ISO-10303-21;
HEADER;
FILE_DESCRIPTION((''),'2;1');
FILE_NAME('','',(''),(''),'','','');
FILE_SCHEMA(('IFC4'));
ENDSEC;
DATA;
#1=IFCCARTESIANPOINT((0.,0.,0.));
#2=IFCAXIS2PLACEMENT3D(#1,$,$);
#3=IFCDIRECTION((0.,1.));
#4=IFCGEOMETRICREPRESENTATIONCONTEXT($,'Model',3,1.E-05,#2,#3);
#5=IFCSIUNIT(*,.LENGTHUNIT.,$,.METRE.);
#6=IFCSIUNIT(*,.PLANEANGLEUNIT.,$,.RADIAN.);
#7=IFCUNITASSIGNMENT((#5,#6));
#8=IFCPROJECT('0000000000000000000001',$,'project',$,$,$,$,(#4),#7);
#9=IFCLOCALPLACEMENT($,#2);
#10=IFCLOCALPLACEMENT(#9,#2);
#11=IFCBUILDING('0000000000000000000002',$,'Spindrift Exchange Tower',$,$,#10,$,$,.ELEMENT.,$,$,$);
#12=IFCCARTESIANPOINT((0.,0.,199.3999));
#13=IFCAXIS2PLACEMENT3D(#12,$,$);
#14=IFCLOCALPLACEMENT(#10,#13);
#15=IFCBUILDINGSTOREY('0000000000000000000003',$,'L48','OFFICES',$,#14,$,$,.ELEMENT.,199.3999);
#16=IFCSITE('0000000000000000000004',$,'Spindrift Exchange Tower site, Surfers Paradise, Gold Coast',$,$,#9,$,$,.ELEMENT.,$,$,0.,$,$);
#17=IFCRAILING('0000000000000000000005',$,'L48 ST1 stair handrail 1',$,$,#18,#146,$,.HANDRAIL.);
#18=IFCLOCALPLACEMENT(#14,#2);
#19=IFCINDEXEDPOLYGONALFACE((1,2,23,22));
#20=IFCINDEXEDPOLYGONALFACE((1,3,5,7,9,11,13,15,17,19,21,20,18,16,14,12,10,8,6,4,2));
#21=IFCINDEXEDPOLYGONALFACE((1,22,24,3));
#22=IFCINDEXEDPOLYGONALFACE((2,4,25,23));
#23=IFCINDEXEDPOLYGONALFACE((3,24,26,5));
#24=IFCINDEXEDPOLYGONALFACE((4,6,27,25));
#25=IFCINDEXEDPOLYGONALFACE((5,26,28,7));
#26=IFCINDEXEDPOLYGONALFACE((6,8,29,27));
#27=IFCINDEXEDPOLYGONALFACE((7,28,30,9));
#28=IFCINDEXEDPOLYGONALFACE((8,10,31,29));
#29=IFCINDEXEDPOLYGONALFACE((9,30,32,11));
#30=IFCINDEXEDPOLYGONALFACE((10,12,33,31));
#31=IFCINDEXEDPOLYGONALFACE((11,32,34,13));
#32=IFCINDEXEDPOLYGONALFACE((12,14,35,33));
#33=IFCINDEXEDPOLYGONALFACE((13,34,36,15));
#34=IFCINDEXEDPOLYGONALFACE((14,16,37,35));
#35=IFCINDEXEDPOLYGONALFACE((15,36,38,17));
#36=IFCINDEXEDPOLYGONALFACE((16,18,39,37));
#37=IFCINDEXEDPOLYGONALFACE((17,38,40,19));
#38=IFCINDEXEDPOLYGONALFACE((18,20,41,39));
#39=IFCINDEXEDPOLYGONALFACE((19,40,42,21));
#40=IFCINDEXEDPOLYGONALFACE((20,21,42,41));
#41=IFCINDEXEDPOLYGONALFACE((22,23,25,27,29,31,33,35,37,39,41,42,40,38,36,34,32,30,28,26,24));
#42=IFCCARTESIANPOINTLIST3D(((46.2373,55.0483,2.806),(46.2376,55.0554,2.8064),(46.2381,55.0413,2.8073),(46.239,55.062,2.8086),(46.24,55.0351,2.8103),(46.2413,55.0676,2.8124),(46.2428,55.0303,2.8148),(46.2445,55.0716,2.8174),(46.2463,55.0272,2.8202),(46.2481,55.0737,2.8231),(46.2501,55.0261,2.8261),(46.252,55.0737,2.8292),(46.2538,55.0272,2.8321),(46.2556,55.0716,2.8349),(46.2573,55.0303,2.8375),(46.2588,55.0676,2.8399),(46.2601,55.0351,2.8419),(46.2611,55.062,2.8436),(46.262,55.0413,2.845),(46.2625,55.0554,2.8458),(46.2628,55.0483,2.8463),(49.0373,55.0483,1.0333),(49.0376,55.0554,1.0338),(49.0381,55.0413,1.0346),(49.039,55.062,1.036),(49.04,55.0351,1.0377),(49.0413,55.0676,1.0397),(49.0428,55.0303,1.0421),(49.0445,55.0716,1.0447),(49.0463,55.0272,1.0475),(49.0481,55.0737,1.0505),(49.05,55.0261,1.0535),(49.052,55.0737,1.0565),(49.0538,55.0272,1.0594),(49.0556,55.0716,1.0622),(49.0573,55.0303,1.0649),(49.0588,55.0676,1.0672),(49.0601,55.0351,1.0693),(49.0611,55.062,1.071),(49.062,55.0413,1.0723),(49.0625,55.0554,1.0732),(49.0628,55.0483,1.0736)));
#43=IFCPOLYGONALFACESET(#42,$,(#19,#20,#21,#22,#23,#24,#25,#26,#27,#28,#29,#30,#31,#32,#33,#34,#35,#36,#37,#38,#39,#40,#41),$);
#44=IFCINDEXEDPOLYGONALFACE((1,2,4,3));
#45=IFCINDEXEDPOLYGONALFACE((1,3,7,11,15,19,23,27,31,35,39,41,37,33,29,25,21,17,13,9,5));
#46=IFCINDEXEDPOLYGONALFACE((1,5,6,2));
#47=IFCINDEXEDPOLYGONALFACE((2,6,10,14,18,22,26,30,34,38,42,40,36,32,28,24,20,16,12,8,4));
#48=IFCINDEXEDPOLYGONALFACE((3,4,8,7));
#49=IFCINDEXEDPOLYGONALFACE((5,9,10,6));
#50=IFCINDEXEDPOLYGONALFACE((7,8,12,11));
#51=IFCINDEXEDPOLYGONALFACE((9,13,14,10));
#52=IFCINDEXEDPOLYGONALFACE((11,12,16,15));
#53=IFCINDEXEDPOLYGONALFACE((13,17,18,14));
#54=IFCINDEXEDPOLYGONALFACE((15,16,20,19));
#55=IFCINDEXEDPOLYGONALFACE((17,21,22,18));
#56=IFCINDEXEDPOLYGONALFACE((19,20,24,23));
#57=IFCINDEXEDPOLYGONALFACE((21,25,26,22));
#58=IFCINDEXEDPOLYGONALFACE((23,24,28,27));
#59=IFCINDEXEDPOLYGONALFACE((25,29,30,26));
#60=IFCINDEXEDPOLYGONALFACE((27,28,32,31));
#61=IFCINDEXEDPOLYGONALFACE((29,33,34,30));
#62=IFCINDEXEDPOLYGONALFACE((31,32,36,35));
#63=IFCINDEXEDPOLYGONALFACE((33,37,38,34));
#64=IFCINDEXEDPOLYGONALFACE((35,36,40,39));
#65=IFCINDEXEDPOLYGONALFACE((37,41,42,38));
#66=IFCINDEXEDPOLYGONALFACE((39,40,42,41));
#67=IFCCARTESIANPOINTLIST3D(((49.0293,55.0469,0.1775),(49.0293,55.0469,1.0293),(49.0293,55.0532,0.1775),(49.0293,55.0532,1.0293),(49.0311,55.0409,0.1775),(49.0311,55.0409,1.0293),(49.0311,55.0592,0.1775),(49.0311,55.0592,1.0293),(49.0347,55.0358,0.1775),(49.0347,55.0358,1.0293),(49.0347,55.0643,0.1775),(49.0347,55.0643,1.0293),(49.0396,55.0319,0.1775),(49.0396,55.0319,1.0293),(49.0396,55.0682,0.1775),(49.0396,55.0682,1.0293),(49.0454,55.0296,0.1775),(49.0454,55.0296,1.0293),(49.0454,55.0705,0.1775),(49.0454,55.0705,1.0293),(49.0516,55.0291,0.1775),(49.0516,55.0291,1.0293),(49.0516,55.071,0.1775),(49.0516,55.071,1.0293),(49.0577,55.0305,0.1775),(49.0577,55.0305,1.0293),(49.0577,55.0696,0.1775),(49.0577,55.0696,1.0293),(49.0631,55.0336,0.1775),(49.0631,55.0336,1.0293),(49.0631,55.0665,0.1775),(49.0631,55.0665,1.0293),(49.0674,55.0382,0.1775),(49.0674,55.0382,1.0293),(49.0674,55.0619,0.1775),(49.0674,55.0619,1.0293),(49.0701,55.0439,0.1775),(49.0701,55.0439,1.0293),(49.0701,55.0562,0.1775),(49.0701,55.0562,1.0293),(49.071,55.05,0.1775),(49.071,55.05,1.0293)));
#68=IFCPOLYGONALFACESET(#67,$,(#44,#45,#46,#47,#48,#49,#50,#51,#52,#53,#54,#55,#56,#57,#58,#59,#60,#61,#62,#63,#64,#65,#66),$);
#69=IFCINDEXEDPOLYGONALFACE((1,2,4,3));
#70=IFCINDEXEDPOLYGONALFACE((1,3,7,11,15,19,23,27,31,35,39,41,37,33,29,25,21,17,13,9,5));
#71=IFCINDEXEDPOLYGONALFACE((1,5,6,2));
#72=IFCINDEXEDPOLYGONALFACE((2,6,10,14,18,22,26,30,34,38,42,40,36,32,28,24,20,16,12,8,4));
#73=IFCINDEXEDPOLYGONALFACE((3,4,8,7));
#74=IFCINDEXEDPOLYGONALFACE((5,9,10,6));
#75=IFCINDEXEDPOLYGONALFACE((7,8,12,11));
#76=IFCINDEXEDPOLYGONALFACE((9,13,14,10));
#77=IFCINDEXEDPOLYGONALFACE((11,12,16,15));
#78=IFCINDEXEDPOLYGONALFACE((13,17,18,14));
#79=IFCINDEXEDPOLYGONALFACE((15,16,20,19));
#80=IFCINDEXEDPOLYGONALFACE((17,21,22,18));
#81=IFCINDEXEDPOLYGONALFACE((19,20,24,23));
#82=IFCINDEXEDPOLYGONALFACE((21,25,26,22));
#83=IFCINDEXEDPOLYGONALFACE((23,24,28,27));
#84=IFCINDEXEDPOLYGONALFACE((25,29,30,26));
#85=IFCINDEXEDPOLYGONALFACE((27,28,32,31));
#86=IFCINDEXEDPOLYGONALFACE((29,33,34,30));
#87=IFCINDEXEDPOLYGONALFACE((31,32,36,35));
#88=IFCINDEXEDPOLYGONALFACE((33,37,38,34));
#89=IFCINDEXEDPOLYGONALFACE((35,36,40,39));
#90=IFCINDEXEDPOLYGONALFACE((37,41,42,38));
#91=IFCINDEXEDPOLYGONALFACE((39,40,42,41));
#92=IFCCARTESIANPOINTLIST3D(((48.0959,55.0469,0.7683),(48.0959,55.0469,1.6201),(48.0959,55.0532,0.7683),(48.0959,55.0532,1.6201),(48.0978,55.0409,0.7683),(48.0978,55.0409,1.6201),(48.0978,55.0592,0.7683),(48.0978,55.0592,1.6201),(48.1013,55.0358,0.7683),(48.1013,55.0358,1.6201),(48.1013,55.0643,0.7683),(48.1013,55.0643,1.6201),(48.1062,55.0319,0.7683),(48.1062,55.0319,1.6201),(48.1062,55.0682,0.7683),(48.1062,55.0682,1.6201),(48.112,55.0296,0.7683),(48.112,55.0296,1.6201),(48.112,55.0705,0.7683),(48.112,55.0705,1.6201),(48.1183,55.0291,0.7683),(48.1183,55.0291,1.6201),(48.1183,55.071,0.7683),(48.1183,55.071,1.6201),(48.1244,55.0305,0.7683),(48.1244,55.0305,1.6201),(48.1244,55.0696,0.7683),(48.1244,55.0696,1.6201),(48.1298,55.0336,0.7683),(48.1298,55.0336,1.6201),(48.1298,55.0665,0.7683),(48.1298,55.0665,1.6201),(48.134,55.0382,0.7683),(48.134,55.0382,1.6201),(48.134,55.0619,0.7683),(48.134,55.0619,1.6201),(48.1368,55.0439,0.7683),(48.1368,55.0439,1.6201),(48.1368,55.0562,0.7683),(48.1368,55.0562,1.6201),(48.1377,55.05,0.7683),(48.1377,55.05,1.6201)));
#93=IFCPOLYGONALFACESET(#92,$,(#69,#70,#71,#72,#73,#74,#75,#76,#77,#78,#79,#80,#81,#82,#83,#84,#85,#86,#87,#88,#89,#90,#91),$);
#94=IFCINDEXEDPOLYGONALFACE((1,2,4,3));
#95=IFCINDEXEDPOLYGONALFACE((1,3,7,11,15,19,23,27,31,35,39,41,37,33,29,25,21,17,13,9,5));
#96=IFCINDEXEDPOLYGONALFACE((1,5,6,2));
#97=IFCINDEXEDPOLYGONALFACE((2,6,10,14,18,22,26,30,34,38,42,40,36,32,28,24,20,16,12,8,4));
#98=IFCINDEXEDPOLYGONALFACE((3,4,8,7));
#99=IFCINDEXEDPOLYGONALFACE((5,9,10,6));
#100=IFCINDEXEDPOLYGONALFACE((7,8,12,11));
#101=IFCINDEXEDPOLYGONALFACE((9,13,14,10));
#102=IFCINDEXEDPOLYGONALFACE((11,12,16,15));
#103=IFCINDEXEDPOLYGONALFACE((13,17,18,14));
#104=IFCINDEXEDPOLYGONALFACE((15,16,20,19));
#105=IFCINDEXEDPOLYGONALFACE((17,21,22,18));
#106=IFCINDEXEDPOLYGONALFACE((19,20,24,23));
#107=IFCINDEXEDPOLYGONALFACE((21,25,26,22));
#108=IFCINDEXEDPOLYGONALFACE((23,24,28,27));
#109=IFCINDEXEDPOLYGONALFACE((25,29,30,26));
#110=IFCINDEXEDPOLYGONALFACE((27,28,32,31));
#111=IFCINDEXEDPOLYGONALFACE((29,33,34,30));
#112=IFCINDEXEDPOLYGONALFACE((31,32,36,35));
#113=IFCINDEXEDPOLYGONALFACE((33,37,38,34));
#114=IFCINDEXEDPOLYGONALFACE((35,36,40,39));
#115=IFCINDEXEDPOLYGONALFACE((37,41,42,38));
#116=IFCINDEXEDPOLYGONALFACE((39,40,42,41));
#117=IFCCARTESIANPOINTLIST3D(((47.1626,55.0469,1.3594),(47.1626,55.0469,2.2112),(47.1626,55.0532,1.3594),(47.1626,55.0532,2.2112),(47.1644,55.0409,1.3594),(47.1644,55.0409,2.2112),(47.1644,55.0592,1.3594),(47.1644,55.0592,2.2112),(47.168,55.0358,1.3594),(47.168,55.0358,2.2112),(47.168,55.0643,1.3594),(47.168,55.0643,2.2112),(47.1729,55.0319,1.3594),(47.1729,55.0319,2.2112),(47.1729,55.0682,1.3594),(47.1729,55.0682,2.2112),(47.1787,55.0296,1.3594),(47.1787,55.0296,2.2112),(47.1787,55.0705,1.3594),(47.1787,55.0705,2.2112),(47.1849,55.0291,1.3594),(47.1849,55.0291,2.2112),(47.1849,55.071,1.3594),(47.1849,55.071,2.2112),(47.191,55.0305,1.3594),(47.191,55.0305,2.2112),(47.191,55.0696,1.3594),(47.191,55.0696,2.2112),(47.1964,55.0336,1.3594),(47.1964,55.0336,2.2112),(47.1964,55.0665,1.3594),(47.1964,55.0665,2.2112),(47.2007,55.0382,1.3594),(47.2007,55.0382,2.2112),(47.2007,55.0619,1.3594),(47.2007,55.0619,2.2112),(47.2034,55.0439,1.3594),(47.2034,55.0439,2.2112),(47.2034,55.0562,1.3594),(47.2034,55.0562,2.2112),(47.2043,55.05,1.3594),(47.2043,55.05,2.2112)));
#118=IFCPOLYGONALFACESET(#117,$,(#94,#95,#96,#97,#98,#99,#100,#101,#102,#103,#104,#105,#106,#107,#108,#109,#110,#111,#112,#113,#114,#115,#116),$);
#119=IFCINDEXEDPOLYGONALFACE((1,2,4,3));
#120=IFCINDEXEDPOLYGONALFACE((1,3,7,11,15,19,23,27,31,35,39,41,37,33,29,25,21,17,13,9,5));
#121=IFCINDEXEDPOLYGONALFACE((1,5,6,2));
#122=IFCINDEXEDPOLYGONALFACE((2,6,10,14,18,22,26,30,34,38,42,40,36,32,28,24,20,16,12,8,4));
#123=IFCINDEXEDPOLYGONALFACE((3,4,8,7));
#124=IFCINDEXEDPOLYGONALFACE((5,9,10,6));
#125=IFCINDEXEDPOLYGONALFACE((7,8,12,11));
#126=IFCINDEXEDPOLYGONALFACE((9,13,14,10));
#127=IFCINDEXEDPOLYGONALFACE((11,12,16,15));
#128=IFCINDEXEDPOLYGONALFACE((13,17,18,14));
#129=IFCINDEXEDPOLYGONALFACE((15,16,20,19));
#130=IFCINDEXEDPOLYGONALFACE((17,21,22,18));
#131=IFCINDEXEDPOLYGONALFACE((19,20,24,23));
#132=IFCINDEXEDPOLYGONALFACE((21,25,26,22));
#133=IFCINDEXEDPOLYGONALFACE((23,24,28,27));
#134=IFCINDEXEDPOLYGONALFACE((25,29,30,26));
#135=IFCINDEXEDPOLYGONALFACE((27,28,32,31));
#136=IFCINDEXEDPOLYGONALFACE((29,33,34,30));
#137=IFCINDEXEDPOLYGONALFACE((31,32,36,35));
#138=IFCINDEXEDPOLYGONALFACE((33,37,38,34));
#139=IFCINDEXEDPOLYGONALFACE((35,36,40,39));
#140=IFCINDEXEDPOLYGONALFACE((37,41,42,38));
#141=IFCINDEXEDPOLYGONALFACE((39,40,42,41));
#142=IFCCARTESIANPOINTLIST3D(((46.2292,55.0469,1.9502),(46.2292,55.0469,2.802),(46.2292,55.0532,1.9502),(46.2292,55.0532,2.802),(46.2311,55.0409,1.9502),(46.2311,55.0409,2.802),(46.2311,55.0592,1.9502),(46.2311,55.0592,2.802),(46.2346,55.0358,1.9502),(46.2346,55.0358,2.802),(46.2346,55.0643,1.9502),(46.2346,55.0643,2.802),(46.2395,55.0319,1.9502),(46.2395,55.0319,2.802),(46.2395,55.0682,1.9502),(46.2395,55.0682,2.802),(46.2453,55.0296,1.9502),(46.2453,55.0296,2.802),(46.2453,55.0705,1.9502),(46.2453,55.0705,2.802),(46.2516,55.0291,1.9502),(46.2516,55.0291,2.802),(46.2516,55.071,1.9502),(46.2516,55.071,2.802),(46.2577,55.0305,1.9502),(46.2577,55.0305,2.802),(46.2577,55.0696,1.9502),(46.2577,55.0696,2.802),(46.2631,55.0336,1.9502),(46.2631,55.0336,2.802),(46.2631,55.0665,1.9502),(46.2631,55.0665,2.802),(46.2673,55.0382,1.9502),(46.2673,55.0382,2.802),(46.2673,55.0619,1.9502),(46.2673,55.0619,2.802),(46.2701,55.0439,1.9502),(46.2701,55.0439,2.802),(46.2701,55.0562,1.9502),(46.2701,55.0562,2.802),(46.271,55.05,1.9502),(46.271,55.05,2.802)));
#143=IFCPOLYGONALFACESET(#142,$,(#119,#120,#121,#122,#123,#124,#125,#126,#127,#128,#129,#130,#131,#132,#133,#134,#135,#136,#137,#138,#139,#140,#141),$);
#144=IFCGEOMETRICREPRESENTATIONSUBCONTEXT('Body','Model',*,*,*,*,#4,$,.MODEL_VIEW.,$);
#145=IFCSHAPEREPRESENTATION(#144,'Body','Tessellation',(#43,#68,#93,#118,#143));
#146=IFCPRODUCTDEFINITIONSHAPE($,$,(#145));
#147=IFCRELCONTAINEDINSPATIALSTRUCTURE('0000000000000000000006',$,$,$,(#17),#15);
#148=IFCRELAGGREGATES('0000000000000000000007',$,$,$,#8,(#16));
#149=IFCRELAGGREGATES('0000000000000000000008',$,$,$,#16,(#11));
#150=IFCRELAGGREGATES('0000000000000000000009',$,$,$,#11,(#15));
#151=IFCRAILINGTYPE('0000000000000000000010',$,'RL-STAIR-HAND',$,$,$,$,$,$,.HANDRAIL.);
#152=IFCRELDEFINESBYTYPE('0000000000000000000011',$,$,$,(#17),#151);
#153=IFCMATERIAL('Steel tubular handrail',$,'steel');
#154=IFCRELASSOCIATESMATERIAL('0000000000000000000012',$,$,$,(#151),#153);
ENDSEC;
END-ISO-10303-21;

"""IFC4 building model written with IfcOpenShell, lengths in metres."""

from ifc_helpers import new_model, si_unit, direction, frame, origin, origin_2d, place, context, subcontext, project, spatial, circle, extrude, material, type_object, element, save


model = new_model("IFC4")

# Units and contexts
model_context = context("Model", 3, precision=1e-05, world=origin(), true_north=direction((0.0, 1.0)))
body_context = subcontext(model_context, "Body", "Model", "MODEL_VIEW")
ifc_project = project(units=[si_unit("LENGTHUNIT", "METRE"), si_unit("PLANEANGLEUNIT", "RADIAN")], contexts=[model_context])

# Site, building, storey
site_placement = place(None, origin())
site = spatial("IfcSite", under=ifc_project, at=site_placement, Name="Spindrift Exchange Tower site, Surfers Paradise, Gold Coast", CompositionType="ELEMENT", RefElevation=0.0)
building_placement = place(site_placement, origin())
building = spatial("IfcBuilding", under=site, at=building_placement, Name="Spindrift Exchange Tower", CompositionType="ELEMENT")
storey_placement = place(building_placement, frame((0.0, 0.0, 199.3999)))
storey = spatial("IfcBuildingStorey", under=building, at=storey_placement, Name="L48", Description="OFFICES", CompositionType="ELEMENT", Elevation=199.3999)

# Railing
ifc_material_1 = material(Name="Steel tubular handrail", Category="steel")
railing_type_1 = type_object("IfcRailingType", Name="RL-STAIR-HAND", PredefinedType="HANDRAIL", material=ifc_material_1)
railing_1_placement = place(storey_placement, frame((49.05, 55.05, 0.1775)))
element("IfcRailing", 1, at=railing_1_placement, inside=storey, type_object=railing_type_1, Name="L48 ST1 stair handrail 1", PredefinedType="HANDRAIL", context=body_context, shape_type="SweptSolid", body=[
    extrude(circle(Radius=0.0239, at=origin_2d()), frame((0.0, 0.0, 0.876), z_axis=(-0.844909, 0.0, 0.53491), x_axis=(0.0, -1.0, 0.0)), (0.0, 0.0, 1.0), 3.314),
    extrude(circle(Radius=0.021, at=origin_2d()), origin(), (0.0, 0.0, 1.0), 0.8518),
    extrude(circle(Radius=0.021, at=origin_2d()), frame((-0.9333, 0.0, 0.5908)), (0.0, 0.0, 1.0), 0.8518),
    extrude(circle(Radius=0.021, at=origin_2d()), frame((-1.8667, 0.0, 1.1819)), (0.0, 0.0, 1.0), 0.8518),
    extrude(circle(Radius=0.021, at=origin_2d()), frame((-2.8, 0.0, 1.7727)), (0.0, 0.0, 1.0), 0.8518),
])

save(model, "model.ifc")
